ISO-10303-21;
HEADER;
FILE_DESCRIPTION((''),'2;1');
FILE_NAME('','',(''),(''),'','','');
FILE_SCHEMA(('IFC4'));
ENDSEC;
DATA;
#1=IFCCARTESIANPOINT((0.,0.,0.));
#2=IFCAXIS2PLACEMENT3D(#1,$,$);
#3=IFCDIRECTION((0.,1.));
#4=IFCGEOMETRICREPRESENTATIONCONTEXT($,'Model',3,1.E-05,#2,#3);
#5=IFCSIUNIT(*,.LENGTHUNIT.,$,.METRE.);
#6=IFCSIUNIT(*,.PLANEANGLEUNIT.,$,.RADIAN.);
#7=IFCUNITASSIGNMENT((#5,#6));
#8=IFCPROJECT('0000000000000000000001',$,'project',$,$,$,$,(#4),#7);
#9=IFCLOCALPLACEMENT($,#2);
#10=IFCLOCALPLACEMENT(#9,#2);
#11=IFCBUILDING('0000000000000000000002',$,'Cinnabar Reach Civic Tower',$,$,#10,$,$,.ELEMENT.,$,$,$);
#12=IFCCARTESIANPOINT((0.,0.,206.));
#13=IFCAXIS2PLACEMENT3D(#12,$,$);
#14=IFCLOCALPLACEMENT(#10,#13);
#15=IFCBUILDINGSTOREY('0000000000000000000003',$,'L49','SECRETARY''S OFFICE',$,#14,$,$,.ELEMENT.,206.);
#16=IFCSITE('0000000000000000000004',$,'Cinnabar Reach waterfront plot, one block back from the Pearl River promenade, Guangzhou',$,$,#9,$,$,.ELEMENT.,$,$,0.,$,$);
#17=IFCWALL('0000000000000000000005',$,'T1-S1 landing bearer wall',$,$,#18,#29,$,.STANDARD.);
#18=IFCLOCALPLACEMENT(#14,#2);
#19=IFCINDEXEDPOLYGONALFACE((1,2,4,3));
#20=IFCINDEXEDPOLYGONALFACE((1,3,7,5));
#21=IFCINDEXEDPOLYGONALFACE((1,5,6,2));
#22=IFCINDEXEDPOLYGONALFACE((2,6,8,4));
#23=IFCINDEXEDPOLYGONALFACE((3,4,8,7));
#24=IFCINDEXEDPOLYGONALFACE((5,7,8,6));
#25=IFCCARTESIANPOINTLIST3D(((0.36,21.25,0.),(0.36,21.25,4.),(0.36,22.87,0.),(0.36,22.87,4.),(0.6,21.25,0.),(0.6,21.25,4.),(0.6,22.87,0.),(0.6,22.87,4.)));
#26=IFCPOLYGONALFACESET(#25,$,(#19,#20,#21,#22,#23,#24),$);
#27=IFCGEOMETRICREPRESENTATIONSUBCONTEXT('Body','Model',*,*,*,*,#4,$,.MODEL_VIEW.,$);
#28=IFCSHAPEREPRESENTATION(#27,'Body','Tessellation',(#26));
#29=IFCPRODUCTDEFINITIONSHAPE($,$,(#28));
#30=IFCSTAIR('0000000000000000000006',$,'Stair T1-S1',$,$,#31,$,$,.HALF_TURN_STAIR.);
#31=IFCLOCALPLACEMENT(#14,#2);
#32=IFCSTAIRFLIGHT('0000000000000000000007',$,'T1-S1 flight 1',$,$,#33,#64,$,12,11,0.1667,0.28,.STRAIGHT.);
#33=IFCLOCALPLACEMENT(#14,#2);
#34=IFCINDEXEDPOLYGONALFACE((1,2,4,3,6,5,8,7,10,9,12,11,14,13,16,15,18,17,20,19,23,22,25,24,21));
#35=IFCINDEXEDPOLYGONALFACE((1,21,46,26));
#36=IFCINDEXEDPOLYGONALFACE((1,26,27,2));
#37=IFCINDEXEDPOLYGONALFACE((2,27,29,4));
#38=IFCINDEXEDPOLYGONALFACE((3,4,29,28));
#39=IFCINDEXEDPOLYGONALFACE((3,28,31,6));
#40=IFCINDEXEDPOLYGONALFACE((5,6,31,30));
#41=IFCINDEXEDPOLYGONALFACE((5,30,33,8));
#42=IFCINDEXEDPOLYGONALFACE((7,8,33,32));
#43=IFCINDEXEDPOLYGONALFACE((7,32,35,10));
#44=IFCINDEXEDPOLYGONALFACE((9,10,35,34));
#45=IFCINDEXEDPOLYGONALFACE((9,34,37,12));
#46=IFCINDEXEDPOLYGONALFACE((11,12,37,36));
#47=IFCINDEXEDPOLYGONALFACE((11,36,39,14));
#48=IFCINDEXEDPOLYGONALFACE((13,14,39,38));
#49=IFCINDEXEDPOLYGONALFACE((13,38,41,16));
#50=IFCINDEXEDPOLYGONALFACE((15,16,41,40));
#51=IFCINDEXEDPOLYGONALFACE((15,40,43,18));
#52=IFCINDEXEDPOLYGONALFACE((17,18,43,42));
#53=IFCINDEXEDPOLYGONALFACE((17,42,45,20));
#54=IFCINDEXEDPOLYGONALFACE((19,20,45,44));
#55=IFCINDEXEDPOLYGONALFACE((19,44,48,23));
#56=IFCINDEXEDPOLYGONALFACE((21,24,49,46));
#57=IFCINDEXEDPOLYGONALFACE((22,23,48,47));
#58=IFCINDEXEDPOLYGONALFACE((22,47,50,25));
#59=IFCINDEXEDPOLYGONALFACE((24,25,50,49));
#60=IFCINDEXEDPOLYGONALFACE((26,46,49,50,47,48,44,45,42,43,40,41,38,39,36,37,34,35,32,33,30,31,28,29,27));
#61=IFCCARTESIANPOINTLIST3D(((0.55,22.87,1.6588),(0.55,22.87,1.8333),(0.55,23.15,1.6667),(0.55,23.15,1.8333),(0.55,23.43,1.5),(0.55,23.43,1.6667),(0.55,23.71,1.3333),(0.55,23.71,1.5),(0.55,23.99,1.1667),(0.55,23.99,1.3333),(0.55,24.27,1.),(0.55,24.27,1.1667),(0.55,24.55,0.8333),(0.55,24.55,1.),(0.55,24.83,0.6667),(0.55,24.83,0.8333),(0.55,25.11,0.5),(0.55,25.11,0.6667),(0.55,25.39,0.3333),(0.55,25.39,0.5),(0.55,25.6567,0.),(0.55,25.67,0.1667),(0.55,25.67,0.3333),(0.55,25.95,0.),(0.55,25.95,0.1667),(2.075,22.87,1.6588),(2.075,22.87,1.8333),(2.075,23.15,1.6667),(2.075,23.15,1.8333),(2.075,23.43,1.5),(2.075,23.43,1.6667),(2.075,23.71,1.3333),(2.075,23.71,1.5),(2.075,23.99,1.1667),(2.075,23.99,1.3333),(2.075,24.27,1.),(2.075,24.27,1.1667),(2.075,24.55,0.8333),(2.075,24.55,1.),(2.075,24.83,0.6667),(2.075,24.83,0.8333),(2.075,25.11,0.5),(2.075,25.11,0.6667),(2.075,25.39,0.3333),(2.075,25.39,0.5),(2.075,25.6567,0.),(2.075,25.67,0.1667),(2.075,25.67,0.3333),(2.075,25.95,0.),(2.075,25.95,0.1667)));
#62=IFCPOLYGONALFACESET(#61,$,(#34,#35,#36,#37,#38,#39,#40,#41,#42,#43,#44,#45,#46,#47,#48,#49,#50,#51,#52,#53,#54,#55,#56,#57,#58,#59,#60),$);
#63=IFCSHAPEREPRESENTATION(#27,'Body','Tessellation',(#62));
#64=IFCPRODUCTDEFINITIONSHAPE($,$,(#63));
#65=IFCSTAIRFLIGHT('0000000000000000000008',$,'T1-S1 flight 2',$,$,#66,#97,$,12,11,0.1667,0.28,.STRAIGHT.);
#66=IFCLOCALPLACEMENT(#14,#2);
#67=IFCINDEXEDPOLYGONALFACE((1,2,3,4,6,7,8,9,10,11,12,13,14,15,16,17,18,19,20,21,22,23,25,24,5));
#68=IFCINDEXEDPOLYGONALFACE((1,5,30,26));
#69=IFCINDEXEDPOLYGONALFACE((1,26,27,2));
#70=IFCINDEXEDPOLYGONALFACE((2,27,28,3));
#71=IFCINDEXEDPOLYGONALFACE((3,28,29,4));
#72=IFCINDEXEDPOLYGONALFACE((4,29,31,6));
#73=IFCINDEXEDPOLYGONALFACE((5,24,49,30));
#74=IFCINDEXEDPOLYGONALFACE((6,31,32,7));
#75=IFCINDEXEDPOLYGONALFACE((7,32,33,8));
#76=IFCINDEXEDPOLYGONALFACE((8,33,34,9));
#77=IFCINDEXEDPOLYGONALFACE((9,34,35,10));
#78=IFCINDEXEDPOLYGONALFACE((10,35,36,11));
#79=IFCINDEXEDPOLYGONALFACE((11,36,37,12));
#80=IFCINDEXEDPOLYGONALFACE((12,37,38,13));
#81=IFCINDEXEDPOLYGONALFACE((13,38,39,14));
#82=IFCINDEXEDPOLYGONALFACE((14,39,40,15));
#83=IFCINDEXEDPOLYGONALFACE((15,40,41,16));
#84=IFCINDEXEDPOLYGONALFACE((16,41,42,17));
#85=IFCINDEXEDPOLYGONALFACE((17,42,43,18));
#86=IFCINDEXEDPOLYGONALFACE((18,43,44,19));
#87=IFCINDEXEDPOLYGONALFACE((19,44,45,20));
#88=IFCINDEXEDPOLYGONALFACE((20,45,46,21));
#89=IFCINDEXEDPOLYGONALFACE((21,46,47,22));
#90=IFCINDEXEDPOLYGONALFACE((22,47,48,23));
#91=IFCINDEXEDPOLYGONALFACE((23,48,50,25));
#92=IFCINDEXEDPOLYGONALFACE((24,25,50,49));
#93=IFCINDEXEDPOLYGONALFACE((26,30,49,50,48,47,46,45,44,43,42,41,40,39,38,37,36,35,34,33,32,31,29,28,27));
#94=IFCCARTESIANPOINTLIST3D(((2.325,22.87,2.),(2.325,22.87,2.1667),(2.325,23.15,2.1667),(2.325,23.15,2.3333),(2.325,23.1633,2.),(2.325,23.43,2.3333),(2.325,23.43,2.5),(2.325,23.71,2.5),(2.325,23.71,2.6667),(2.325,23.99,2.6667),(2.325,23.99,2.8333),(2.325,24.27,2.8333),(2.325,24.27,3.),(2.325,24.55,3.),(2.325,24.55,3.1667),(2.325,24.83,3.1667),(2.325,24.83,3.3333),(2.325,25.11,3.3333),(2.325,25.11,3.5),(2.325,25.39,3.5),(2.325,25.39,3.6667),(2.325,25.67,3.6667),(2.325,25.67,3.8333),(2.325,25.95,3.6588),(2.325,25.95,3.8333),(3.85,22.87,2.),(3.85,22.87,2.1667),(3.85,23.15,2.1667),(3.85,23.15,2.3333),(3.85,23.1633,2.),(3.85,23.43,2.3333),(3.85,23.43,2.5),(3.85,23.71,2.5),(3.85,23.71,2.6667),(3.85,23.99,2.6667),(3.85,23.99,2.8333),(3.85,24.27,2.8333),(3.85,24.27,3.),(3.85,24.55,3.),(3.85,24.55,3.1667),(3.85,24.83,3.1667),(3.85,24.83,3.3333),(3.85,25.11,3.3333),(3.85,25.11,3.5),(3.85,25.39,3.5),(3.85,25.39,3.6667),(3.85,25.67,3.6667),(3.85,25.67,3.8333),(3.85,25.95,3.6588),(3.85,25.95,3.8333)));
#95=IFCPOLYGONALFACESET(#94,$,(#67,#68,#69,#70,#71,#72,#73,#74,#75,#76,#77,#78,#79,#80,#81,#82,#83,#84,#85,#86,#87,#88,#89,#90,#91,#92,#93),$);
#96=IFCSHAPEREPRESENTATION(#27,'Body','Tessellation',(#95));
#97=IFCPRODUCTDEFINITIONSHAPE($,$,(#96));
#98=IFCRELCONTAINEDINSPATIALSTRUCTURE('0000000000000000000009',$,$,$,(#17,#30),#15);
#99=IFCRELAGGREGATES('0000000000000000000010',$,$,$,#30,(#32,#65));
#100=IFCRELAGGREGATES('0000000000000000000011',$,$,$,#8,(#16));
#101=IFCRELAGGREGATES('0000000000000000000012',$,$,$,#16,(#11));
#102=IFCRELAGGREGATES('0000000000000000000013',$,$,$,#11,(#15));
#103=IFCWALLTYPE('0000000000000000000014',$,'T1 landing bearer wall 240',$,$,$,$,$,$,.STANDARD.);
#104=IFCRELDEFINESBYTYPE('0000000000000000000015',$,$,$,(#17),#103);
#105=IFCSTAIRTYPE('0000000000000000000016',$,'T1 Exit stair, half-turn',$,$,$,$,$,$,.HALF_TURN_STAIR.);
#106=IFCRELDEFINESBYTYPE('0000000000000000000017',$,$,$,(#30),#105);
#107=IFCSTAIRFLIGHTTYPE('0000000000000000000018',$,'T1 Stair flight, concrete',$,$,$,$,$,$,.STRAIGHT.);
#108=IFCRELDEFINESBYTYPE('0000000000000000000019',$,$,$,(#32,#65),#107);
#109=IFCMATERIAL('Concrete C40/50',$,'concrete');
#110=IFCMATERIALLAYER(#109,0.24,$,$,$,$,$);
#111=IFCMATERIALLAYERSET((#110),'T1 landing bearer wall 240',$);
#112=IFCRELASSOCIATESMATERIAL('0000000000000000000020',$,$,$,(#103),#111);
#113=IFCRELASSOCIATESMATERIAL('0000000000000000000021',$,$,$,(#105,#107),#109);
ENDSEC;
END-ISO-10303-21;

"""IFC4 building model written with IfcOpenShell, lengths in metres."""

from ifc_helpers import new_model, si_unit, direction, frame, frame_2d, origin, place, context, subcontext, project, spatial, polyline, rectangle, outline, extrude, material, layer, layer_set, type_object, element, aggregate, save


model = new_model("IFC4")

# Units and contexts
model_context = context("Model", 3, precision=1e-05, world=origin(), true_north=direction((0.0, 1.0)))
body_context = subcontext(model_context, "Body", "Model", "MODEL_VIEW")
ifc_project = project(units=[si_unit("LENGTHUNIT", "METRE"), si_unit("PLANEANGLEUNIT", "RADIAN")], contexts=[model_context])

# Site, building, storey
site_placement = place(None, origin())
site = spatial("IfcSite", under=ifc_project, at=site_placement, Name="Cinnabar Reach waterfront plot, one block back from the Pearl River promenade, Guangzhou", CompositionType="ELEMENT", RefElevation=0.0)
building_placement = place(site_placement, origin())
building = spatial("IfcBuilding", under=site, at=building_placement, Name="Cinnabar Reach Civic Tower", CompositionType="ELEMENT")
storey_placement = place(building_placement, frame((0.0, 0.0, 206.0)))
storey = spatial("IfcBuildingStorey", under=building, at=storey_placement, Name="L49", Description="SECRETARY'S OFFICE", CompositionType="ELEMENT", Elevation=206.0)

# Wall
ifc_material_1 = material(Name="Concrete C40/50", Category="concrete")
ifc_layer_1 = layer(ifc_material_1, 0.24)
ifc_layer_set_1 = layer_set([ifc_layer_1], Name="T1 landing bearer wall 240")
wall_type_1 = type_object("IfcWallType", Name="T1 landing bearer wall 240", PredefinedType="STANDARD", material=ifc_layer_set_1)
wall_1_placement = place(storey_placement, frame((0.48, 21.25, 0.0), z_axis=(0.0, 0.0, 1.0), x_axis=(0.0, 1.0, 0.0)))
element("IfcWall", 1, at=wall_1_placement, inside=storey, type_object=wall_type_1, Name="T1-S1 landing bearer wall", PredefinedType="STANDARD", context=body_context, shape_type="SweptSolid", body=[
    extrude(rectangle(XDim=1.62, YDim=0.24, at=frame_2d((0.81, 0.0))), origin(), (0.0, 0.0, 1.0), 4.0),
])

# Stair, stair flights
stair_type = type_object("IfcStairType", Name="T1 Exit stair, half-turn", PredefinedType="HALF_TURN_STAIR", material=ifc_material_1)
stair_placement = place(storey_placement, origin())
stair = element("IfcStair", 2, at=stair_placement, inside=storey, type_object=stair_type, Name="Stair T1-S1", PredefinedType="HALF_TURN_STAIR")
stair_flight_type = type_object("IfcStairFlightType", Name="T1 Stair flight, concrete", PredefinedType="STRAIGHT", material=ifc_material_1)
stair_flight_1_placement = place(storey_placement, frame((1.3125, 25.95, 0.0), z_axis=(0.0, 0.0, 1.0), x_axis=(0.0, -1.0, 0.0)))
stair_flight_1 = element("IfcStairFlight", 3, at=stair_flight_1_placement, type_object=stair_flight_type, Name="T1-S1 flight 1", NumberOfRisers=12, NumberOfTreads=11, PredefinedType="STRAIGHT", RiserHeight=0.1667, TreadLength=0.28, context=body_context, shape_type="SweptSolid", body=[
    extrude(outline(polyline([(0.0, 0.0), (0.0, 0.1667), (0.28, 0.1667), (0.28, 0.3333), (0.56, 0.3333), (0.56, 0.5), (0.84, 0.5), (0.84, 0.6667), (1.12, 0.6667), (1.12, 0.8333), (1.4, 0.8333), (1.4, 1.0), (1.68, 1.0), (1.68, 1.1667), (1.96, 1.1667), (1.96, 1.3333), (2.24, 1.3333), (2.24, 1.5), (2.52, 1.5), (2.52, 1.6667), (2.8, 1.6667), (2.8, 1.8333), (3.08, 1.8333), (3.08, 2.0), (3.08, 1.6588), (0.2933, 0.0), (0.0, 0.0)])), frame((0.0, 0.7625, 0.0), z_axis=(0.0, -1.0, 0.0), x_axis=(1.0, 0.0, 0.0)), (0.0, 0.0, 1.0), 1.525),
])
stair_flight_2_placement = place(storey_placement, frame((3.0875, 22.87, 2.0), z_axis=(0.0, 0.0, 1.0), x_axis=(0.0, 1.0, 0.0)))
stair_flight_2 = element("IfcStairFlight", 4, at=stair_flight_2_placement, type_object=stair_flight_type, Name="T1-S1 flight 2", NumberOfRisers=12, NumberOfTreads=11, PredefinedType="STRAIGHT", RiserHeight=0.1667, TreadLength=0.28, context=body_context, shape_type="SweptSolid", body=[
    extrude(outline(polyline([(0.0, 0.0), (0.0, 0.1667), (0.28, 0.1667), (0.28, 0.3333), (0.56, 0.3333), (0.56, 0.5), (0.84, 0.5), (0.84, 0.6667), (1.12, 0.6667), (1.12, 0.8333), (1.4, 0.8333), (1.4, 1.0), (1.68, 1.0), (1.68, 1.1667), (1.96, 1.1667), (1.96, 1.3333), (2.24, 1.3333), (2.24, 1.5), (2.52, 1.5), (2.52, 1.6667), (2.8, 1.6667), (2.8, 1.8333), (3.08, 1.8333), (3.08, 2.0), (3.08, 1.6588), (0.2933, 0.0), (0.0, 0.0)])), frame((0.0, 0.7625, 0.0), z_axis=(0.0, -1.0, 0.0), x_axis=(1.0, 0.0, 0.0)), (0.0, 0.0, 1.0), 1.525),
])
aggregate(stair, [stair_flight_1, stair_flight_2])

save(model, "model.ifc")
